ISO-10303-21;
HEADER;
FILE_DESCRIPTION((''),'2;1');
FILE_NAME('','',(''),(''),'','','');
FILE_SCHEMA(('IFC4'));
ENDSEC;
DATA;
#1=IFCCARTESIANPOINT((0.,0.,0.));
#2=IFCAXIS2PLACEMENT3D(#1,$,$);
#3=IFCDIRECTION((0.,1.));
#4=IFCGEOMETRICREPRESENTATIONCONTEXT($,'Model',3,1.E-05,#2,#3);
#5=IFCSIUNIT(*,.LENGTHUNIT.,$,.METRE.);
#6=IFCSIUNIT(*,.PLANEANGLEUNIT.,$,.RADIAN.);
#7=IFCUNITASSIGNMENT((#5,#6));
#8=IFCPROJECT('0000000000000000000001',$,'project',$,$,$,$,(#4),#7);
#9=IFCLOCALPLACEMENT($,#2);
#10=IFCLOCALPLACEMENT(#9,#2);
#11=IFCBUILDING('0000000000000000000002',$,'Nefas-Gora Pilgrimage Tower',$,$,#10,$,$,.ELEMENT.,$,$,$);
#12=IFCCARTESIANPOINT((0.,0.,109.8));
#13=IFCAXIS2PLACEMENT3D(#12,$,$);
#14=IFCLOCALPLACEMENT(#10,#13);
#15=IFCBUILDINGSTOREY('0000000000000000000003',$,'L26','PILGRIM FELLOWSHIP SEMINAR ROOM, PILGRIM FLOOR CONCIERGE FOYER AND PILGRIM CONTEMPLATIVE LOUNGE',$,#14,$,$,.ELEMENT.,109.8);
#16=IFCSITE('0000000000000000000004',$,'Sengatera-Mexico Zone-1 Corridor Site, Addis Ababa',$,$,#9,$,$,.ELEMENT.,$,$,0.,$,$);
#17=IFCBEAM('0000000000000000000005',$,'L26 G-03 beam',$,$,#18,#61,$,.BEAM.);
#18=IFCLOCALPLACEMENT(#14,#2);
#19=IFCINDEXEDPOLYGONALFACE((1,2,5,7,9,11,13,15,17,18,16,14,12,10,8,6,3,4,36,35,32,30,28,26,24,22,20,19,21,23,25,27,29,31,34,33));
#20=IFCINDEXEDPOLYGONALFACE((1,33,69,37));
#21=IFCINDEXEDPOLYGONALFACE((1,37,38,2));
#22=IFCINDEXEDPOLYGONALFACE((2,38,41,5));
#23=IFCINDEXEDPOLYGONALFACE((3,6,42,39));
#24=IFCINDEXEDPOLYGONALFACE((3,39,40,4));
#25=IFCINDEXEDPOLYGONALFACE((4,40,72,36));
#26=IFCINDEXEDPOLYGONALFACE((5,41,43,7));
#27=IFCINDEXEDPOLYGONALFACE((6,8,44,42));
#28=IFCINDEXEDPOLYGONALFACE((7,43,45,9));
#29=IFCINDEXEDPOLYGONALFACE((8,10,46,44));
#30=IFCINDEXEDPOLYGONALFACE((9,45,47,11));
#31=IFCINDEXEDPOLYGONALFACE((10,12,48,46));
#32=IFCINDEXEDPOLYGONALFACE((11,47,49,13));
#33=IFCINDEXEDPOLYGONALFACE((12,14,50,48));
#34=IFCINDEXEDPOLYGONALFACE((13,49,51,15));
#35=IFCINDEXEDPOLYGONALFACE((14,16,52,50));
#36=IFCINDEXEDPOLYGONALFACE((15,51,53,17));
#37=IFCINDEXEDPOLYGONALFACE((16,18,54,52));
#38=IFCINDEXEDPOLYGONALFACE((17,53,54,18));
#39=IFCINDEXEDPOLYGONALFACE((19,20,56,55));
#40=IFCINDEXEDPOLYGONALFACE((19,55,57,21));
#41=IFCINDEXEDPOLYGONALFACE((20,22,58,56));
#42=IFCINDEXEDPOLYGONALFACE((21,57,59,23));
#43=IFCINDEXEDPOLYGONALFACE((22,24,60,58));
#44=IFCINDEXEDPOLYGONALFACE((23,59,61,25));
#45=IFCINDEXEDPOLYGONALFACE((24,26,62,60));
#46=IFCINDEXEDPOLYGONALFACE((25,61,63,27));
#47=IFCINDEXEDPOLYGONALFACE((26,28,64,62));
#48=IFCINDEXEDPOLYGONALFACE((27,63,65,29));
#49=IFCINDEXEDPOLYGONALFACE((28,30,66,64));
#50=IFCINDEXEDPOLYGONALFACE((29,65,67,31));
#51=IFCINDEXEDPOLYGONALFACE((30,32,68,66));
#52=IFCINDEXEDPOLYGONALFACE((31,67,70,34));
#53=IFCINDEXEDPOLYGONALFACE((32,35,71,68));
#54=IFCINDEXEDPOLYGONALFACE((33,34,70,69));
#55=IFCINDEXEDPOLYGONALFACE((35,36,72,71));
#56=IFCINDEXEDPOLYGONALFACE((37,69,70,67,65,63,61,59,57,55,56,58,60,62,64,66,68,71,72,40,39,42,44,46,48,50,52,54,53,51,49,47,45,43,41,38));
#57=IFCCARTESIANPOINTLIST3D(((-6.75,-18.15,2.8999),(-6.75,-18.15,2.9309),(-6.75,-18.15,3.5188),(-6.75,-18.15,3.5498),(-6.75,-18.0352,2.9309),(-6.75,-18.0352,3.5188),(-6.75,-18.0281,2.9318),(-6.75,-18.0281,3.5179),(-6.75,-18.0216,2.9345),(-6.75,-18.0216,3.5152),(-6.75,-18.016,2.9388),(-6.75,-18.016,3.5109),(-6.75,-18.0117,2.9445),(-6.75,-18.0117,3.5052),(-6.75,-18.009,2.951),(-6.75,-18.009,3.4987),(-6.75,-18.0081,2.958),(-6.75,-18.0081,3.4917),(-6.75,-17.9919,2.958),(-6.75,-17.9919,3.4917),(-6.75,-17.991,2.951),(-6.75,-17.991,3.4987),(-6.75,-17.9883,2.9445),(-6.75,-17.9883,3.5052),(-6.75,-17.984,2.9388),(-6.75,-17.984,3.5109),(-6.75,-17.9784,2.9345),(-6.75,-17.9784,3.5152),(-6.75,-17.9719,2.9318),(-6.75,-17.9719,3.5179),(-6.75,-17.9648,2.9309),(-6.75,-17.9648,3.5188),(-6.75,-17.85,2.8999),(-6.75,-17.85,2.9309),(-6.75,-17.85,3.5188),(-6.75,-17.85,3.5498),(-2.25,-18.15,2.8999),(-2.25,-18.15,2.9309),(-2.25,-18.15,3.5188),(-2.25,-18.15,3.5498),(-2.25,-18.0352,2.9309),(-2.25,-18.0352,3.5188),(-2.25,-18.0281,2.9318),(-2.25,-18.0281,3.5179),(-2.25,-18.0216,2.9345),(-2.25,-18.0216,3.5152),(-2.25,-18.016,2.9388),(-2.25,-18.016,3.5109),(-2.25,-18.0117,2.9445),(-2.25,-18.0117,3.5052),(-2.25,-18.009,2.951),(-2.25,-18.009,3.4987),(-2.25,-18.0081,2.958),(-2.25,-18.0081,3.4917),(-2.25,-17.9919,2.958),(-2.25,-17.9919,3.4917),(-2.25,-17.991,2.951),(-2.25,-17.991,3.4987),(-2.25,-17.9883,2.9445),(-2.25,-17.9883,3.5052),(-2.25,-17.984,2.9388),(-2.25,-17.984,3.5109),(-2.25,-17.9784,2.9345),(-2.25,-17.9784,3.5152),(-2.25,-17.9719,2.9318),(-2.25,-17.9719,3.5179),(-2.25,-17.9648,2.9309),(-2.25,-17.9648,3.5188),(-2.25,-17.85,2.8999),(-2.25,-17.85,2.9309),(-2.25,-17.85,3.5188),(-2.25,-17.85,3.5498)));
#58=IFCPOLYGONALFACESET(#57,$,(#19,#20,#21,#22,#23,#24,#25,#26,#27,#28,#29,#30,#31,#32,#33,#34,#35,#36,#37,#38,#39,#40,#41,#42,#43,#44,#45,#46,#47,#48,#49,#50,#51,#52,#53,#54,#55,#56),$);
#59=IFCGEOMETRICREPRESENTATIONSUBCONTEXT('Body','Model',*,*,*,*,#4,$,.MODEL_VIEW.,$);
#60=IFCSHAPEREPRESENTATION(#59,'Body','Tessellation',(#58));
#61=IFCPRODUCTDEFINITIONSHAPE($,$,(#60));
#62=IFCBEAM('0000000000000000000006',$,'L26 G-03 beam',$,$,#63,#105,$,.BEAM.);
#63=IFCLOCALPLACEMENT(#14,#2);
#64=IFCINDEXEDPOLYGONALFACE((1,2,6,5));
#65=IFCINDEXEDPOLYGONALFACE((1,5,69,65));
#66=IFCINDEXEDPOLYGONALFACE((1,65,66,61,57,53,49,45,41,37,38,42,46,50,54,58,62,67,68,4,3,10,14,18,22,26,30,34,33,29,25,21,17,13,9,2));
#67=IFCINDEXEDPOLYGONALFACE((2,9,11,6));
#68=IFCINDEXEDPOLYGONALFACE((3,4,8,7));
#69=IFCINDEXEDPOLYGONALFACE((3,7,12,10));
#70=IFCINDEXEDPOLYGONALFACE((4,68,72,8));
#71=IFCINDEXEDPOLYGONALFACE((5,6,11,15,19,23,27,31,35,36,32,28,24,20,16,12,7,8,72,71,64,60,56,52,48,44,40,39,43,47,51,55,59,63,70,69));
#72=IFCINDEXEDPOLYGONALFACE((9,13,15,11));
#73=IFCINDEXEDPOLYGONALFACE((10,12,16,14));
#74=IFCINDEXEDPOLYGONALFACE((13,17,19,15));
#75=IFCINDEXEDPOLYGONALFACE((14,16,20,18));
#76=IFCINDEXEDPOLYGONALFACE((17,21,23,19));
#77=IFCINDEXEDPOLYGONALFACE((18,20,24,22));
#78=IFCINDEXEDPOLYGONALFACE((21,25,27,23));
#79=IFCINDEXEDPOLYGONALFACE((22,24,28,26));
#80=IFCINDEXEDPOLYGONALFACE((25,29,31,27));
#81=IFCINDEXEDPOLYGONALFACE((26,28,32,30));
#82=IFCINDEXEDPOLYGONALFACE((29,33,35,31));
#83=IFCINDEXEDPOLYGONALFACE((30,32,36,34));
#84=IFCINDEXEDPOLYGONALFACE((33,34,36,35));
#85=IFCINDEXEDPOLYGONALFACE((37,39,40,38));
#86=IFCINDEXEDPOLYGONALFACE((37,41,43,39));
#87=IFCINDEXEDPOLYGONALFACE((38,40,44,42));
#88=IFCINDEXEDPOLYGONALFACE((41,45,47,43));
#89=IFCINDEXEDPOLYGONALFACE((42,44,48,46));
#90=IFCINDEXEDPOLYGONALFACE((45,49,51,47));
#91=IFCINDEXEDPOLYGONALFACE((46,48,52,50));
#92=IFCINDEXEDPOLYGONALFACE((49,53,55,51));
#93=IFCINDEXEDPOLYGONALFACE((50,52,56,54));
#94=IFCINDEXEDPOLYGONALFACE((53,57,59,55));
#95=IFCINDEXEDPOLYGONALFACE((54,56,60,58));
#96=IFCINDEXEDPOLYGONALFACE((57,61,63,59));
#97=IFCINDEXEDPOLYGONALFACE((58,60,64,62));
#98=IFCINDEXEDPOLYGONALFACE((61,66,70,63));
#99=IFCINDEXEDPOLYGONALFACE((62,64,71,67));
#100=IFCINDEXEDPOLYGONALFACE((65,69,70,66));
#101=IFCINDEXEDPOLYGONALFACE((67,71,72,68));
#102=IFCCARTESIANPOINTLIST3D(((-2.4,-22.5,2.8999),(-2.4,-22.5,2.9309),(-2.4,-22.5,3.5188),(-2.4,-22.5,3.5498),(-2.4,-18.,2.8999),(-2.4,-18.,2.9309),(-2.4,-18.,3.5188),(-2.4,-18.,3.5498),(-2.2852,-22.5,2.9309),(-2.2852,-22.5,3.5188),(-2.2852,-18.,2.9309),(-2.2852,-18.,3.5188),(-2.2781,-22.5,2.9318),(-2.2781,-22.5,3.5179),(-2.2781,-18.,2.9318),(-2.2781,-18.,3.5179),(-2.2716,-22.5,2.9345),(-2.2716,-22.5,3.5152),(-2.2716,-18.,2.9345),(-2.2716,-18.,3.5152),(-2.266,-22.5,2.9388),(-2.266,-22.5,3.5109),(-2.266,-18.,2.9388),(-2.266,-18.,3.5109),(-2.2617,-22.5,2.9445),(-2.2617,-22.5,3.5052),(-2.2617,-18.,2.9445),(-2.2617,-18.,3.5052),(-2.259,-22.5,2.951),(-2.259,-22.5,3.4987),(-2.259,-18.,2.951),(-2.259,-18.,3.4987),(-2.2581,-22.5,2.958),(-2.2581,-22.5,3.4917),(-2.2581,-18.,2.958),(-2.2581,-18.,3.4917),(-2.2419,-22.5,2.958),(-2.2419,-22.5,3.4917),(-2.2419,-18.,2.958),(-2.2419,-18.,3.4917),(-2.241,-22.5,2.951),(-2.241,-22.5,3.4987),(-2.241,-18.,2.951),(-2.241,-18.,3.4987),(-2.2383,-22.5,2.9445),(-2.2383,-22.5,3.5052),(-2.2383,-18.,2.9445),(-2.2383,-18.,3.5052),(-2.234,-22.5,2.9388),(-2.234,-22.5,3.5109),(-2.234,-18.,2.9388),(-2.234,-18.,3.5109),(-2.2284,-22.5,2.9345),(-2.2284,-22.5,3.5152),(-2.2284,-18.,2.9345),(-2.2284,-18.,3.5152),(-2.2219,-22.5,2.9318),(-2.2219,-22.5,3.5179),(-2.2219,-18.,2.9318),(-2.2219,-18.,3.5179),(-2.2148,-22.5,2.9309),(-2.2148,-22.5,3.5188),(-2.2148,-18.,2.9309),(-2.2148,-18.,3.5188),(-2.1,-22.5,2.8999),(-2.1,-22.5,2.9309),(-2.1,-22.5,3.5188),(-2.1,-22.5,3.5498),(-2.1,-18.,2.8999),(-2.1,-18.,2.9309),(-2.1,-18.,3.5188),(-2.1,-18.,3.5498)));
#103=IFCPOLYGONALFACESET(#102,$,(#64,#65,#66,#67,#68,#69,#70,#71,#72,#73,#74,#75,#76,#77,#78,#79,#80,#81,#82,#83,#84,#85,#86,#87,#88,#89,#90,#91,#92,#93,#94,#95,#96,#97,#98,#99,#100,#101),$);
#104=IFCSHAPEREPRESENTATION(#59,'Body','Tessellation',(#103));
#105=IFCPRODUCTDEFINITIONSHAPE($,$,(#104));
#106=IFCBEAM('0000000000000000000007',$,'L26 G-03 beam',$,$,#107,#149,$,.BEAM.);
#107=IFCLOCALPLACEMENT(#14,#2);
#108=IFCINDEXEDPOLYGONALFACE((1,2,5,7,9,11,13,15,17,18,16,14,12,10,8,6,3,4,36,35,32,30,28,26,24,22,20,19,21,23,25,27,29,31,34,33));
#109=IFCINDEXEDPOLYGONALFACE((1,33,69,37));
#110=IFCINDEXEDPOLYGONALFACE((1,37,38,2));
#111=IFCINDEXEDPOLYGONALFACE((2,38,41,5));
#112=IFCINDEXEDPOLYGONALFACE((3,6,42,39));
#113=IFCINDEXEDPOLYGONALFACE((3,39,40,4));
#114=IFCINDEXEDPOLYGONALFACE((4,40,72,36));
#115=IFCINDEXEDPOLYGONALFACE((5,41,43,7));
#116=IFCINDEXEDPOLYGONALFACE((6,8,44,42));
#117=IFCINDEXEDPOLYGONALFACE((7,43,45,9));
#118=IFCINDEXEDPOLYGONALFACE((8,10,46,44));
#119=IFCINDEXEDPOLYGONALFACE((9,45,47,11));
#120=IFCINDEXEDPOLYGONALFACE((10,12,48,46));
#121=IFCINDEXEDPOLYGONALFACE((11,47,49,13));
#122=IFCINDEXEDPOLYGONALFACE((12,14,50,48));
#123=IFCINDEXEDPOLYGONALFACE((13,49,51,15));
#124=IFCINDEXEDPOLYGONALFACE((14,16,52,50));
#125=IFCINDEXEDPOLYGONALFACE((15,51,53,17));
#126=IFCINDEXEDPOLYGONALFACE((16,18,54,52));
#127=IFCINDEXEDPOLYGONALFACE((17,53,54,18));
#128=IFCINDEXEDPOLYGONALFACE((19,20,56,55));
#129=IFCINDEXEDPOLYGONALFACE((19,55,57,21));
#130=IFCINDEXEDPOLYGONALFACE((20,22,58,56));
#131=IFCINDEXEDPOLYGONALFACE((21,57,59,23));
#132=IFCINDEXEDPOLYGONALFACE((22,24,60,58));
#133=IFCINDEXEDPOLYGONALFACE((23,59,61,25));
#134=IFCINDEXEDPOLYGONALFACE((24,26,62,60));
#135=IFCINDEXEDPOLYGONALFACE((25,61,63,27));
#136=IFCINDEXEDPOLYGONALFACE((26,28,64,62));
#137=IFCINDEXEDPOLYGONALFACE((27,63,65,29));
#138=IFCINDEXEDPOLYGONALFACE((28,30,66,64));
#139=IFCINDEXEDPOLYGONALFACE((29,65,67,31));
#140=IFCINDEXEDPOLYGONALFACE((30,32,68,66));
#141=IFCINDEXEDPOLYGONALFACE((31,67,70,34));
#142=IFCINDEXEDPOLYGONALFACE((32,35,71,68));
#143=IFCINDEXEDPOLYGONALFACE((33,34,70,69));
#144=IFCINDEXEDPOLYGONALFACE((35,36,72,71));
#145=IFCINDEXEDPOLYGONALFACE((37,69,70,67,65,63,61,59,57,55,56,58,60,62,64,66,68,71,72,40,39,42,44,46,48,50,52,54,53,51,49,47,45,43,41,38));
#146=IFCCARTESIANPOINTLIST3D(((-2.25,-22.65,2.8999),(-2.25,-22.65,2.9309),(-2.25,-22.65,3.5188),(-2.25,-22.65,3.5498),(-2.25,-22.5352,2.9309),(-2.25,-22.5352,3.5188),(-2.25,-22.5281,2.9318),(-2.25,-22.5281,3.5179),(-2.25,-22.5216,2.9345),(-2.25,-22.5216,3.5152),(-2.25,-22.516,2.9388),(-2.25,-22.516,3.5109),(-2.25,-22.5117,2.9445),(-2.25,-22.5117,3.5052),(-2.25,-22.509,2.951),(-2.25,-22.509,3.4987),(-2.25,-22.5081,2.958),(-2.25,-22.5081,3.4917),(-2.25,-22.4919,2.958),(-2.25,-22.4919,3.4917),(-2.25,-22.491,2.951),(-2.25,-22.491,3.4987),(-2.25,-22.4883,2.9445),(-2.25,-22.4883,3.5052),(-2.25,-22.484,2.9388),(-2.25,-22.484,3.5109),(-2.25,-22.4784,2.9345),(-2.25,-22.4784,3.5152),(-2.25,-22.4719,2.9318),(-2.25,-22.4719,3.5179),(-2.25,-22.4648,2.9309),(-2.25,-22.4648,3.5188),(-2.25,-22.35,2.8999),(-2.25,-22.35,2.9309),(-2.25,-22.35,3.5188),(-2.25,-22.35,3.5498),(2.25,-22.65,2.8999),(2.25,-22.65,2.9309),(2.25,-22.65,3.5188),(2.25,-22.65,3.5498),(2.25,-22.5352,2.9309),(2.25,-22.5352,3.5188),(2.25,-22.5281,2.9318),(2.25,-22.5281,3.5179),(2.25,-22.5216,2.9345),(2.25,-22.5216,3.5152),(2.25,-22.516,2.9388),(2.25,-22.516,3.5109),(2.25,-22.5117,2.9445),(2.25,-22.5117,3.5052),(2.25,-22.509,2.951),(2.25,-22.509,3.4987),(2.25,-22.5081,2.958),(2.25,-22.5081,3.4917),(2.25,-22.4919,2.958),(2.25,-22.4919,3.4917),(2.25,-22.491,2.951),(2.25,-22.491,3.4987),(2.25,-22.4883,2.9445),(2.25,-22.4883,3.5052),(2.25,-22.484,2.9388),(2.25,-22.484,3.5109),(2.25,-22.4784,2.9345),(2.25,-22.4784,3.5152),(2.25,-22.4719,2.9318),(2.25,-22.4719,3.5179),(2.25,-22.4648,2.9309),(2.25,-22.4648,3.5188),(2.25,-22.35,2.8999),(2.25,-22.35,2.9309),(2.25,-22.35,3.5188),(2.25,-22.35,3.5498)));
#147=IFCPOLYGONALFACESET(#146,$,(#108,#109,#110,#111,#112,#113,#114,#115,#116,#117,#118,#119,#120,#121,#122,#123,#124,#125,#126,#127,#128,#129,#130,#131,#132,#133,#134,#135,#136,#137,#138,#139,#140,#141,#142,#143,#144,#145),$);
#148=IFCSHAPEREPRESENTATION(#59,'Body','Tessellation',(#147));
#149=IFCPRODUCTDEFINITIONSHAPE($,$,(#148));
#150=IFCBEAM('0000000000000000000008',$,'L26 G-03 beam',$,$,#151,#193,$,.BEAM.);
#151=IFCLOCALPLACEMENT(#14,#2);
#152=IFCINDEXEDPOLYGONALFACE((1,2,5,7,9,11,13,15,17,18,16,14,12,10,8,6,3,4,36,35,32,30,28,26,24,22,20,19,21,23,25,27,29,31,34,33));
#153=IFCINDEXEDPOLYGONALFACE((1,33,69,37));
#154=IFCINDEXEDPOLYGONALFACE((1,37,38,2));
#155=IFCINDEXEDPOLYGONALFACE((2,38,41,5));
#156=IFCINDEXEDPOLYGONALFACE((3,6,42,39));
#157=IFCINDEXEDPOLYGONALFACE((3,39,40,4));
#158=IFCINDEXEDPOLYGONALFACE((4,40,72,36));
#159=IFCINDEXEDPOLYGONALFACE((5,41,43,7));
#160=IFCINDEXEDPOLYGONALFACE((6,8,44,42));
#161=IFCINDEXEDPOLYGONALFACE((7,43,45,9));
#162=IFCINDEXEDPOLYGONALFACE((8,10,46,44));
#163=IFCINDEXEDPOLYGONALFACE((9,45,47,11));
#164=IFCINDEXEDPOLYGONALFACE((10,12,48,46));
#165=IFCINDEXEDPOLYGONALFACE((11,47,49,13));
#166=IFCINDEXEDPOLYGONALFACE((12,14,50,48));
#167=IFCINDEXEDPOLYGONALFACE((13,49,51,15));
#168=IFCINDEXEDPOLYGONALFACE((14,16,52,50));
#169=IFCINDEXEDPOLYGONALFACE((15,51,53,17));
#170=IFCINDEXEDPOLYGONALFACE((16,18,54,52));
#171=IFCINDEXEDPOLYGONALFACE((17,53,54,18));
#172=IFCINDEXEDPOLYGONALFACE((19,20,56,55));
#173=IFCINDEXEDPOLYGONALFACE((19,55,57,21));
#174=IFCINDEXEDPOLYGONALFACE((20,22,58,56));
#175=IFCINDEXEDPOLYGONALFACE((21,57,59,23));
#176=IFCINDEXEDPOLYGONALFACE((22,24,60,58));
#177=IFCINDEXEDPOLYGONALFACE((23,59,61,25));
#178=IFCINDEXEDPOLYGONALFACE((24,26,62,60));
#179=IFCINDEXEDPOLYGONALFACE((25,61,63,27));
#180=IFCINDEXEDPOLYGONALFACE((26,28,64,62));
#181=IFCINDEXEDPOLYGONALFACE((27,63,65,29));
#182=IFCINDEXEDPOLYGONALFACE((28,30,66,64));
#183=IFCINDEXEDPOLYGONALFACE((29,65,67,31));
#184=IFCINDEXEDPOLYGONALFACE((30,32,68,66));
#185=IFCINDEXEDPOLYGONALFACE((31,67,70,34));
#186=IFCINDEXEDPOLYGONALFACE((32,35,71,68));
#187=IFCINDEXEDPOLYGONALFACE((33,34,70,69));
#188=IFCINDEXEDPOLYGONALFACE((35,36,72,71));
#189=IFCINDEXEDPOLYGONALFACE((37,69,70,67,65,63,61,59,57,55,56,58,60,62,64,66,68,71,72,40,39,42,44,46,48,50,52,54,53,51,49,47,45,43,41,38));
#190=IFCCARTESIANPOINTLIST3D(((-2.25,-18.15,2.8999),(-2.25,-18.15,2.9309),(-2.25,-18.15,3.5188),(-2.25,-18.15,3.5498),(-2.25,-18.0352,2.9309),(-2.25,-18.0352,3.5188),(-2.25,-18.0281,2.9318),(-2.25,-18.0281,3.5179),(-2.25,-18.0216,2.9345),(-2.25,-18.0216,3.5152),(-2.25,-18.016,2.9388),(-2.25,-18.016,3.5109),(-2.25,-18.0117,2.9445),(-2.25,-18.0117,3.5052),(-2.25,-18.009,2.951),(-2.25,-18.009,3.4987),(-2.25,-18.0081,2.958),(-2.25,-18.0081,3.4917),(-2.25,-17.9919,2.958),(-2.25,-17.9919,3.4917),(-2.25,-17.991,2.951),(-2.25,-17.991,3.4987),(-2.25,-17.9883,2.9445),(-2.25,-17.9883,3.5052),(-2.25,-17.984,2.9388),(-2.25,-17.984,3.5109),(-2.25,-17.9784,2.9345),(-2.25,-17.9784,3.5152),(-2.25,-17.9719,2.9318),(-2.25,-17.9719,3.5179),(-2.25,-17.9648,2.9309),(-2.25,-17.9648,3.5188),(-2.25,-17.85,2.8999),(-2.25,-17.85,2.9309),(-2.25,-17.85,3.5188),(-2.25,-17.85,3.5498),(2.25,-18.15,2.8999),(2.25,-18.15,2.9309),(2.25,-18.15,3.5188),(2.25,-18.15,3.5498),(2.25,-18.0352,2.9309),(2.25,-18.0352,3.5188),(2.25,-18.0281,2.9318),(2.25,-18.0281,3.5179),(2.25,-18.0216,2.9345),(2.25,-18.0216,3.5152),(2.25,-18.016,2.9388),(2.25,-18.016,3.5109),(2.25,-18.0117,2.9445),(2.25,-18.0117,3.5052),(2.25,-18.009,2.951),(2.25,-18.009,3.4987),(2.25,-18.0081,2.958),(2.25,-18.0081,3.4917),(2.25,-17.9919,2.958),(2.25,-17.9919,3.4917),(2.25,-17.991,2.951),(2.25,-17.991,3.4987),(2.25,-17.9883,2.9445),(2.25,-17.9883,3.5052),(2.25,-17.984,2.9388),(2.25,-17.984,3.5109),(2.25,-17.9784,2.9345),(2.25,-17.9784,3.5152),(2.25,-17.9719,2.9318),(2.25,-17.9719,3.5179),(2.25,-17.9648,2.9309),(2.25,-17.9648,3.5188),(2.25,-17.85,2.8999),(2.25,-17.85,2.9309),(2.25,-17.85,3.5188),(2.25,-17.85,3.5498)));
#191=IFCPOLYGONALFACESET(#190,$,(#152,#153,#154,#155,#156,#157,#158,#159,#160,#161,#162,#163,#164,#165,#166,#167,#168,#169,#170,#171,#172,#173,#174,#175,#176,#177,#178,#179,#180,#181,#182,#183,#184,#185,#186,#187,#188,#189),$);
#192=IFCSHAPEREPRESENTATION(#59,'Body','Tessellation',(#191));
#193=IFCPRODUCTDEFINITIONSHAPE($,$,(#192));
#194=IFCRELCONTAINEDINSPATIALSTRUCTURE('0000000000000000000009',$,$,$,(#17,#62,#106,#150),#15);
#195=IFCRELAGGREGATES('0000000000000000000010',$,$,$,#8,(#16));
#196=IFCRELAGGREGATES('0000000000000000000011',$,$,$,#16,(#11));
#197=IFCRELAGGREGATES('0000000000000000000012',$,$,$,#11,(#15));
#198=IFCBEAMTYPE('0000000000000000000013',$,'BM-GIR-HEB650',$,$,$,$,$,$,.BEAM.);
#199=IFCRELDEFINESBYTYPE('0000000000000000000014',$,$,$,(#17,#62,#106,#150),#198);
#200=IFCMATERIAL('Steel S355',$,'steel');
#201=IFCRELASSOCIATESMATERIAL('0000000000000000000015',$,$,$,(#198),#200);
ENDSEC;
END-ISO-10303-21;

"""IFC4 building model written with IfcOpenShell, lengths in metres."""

from ifc_helpers import new_model, si_unit, direction, frame, origin, origin_2d, place, context, subcontext, project, spatial, i_section, extrude, source, transform, mapped, material, material_profile, profile_set, type_object, element, save


model = new_model("IFC4")

# Units and contexts
model_context = context("Model", 3, precision=1e-05, world=origin(), true_north=direction((0.0, 1.0)))
body_context = subcontext(model_context, "Body", "Model", "MODEL_VIEW")
ifc_project = project(units=[si_unit("LENGTHUNIT", "METRE"), si_unit("PLANEANGLEUNIT", "RADIAN")], contexts=[model_context])

# Site, building, storey
site_placement = place(None, origin())
site = spatial("IfcSite", under=ifc_project, at=site_placement, Name="Sengatera-Mexico Zone-1 Corridor Site, Addis Ababa", CompositionType="ELEMENT", RefElevation=0.0)
building_placement = place(site_placement, origin())
building = spatial("IfcBuilding", under=site, at=building_placement, Name="Nefas-Gora Pilgrimage Tower", CompositionType="ELEMENT")
storey_placement = place(building_placement, frame((0.0, 0.0, 109.8)))
storey = spatial("IfcBuildingStorey", under=building, at=storey_placement, Name="L26", Description="PILGRIM FELLOWSHIP SEMINAR ROOM, PILGRIM FLOOR CONCIERGE FOYER AND PILGRIM CONTEMPLATIVE LOUNGE", CompositionType="ELEMENT", Elevation=109.8)

# Beams
ifc_material_1 = material(Name="Steel S355", Category="steel")
ifc_material_profile_1 = material_profile(ifc_material_1, i_section(OverallWidth=0.3, OverallDepth=0.6499, WebThickness=0.0161, FlangeThickness=0.031, FilletRadius=0.0271, at=origin_2d()), Name="HEB 650")
ifc_profile_set_1 = profile_set([ifc_material_profile_1], Name="Steel S355")
beam_type = type_object("IfcBeamType", Name="BM-GIR-HEB650", PredefinedType="BEAM", material=ifc_profile_set_1)
shared_shape_1 = source(origin(), body_context, "Body", "SweptSolid", [
    extrude(i_section(OverallWidth=0.3, OverallDepth=0.6499, WebThickness=0.0161, FlangeThickness=0.031, FilletRadius=0.0271, at=origin_2d()), origin(), (0.0, 0.0, 1.0), 4.5),
])
for number, where, z_axis, x_axis, name in (
    (1, (-6.75, -18.0, 3.2249), (1.0, 0.0, 0.0), (0.0, 1.0, 0.0), "L26 G-03 beam"),
    (2, (-2.25, -22.5, 3.2249), (0.0, 1.0, 0.0), (-1.0, 0.0, 0.0), "L26 G-03 beam"),
    (3, (-2.25, -22.5, 3.2249), (1.0, 0.0, 0.0), (0.0, 1.0, 0.0), "L26 G-03 beam"),
    (4, (-2.25, -18.0, 3.2249), (1.0, 0.0, 0.0), (0.0, 1.0, 0.0), "L26 G-03 beam"),
):
    element("IfcBeam", number, at=place(storey_placement, frame(where, z_axis=z_axis, x_axis=x_axis)), inside=storey, type_object=beam_type, Name=name, PredefinedType="BEAM", context=body_context, shape_type="MappedRepresentation", body=[
        mapped(shared_shape_1, transform((0.0, 0.0, 0.0), x_axis=(1.0, 0.0, 0.0), y_axis=(0.0, 1.0, 0.0), z_axis=(0.0, 0.0, 1.0), scale=1.0)),
    ])

save(model, "model.ifc")
